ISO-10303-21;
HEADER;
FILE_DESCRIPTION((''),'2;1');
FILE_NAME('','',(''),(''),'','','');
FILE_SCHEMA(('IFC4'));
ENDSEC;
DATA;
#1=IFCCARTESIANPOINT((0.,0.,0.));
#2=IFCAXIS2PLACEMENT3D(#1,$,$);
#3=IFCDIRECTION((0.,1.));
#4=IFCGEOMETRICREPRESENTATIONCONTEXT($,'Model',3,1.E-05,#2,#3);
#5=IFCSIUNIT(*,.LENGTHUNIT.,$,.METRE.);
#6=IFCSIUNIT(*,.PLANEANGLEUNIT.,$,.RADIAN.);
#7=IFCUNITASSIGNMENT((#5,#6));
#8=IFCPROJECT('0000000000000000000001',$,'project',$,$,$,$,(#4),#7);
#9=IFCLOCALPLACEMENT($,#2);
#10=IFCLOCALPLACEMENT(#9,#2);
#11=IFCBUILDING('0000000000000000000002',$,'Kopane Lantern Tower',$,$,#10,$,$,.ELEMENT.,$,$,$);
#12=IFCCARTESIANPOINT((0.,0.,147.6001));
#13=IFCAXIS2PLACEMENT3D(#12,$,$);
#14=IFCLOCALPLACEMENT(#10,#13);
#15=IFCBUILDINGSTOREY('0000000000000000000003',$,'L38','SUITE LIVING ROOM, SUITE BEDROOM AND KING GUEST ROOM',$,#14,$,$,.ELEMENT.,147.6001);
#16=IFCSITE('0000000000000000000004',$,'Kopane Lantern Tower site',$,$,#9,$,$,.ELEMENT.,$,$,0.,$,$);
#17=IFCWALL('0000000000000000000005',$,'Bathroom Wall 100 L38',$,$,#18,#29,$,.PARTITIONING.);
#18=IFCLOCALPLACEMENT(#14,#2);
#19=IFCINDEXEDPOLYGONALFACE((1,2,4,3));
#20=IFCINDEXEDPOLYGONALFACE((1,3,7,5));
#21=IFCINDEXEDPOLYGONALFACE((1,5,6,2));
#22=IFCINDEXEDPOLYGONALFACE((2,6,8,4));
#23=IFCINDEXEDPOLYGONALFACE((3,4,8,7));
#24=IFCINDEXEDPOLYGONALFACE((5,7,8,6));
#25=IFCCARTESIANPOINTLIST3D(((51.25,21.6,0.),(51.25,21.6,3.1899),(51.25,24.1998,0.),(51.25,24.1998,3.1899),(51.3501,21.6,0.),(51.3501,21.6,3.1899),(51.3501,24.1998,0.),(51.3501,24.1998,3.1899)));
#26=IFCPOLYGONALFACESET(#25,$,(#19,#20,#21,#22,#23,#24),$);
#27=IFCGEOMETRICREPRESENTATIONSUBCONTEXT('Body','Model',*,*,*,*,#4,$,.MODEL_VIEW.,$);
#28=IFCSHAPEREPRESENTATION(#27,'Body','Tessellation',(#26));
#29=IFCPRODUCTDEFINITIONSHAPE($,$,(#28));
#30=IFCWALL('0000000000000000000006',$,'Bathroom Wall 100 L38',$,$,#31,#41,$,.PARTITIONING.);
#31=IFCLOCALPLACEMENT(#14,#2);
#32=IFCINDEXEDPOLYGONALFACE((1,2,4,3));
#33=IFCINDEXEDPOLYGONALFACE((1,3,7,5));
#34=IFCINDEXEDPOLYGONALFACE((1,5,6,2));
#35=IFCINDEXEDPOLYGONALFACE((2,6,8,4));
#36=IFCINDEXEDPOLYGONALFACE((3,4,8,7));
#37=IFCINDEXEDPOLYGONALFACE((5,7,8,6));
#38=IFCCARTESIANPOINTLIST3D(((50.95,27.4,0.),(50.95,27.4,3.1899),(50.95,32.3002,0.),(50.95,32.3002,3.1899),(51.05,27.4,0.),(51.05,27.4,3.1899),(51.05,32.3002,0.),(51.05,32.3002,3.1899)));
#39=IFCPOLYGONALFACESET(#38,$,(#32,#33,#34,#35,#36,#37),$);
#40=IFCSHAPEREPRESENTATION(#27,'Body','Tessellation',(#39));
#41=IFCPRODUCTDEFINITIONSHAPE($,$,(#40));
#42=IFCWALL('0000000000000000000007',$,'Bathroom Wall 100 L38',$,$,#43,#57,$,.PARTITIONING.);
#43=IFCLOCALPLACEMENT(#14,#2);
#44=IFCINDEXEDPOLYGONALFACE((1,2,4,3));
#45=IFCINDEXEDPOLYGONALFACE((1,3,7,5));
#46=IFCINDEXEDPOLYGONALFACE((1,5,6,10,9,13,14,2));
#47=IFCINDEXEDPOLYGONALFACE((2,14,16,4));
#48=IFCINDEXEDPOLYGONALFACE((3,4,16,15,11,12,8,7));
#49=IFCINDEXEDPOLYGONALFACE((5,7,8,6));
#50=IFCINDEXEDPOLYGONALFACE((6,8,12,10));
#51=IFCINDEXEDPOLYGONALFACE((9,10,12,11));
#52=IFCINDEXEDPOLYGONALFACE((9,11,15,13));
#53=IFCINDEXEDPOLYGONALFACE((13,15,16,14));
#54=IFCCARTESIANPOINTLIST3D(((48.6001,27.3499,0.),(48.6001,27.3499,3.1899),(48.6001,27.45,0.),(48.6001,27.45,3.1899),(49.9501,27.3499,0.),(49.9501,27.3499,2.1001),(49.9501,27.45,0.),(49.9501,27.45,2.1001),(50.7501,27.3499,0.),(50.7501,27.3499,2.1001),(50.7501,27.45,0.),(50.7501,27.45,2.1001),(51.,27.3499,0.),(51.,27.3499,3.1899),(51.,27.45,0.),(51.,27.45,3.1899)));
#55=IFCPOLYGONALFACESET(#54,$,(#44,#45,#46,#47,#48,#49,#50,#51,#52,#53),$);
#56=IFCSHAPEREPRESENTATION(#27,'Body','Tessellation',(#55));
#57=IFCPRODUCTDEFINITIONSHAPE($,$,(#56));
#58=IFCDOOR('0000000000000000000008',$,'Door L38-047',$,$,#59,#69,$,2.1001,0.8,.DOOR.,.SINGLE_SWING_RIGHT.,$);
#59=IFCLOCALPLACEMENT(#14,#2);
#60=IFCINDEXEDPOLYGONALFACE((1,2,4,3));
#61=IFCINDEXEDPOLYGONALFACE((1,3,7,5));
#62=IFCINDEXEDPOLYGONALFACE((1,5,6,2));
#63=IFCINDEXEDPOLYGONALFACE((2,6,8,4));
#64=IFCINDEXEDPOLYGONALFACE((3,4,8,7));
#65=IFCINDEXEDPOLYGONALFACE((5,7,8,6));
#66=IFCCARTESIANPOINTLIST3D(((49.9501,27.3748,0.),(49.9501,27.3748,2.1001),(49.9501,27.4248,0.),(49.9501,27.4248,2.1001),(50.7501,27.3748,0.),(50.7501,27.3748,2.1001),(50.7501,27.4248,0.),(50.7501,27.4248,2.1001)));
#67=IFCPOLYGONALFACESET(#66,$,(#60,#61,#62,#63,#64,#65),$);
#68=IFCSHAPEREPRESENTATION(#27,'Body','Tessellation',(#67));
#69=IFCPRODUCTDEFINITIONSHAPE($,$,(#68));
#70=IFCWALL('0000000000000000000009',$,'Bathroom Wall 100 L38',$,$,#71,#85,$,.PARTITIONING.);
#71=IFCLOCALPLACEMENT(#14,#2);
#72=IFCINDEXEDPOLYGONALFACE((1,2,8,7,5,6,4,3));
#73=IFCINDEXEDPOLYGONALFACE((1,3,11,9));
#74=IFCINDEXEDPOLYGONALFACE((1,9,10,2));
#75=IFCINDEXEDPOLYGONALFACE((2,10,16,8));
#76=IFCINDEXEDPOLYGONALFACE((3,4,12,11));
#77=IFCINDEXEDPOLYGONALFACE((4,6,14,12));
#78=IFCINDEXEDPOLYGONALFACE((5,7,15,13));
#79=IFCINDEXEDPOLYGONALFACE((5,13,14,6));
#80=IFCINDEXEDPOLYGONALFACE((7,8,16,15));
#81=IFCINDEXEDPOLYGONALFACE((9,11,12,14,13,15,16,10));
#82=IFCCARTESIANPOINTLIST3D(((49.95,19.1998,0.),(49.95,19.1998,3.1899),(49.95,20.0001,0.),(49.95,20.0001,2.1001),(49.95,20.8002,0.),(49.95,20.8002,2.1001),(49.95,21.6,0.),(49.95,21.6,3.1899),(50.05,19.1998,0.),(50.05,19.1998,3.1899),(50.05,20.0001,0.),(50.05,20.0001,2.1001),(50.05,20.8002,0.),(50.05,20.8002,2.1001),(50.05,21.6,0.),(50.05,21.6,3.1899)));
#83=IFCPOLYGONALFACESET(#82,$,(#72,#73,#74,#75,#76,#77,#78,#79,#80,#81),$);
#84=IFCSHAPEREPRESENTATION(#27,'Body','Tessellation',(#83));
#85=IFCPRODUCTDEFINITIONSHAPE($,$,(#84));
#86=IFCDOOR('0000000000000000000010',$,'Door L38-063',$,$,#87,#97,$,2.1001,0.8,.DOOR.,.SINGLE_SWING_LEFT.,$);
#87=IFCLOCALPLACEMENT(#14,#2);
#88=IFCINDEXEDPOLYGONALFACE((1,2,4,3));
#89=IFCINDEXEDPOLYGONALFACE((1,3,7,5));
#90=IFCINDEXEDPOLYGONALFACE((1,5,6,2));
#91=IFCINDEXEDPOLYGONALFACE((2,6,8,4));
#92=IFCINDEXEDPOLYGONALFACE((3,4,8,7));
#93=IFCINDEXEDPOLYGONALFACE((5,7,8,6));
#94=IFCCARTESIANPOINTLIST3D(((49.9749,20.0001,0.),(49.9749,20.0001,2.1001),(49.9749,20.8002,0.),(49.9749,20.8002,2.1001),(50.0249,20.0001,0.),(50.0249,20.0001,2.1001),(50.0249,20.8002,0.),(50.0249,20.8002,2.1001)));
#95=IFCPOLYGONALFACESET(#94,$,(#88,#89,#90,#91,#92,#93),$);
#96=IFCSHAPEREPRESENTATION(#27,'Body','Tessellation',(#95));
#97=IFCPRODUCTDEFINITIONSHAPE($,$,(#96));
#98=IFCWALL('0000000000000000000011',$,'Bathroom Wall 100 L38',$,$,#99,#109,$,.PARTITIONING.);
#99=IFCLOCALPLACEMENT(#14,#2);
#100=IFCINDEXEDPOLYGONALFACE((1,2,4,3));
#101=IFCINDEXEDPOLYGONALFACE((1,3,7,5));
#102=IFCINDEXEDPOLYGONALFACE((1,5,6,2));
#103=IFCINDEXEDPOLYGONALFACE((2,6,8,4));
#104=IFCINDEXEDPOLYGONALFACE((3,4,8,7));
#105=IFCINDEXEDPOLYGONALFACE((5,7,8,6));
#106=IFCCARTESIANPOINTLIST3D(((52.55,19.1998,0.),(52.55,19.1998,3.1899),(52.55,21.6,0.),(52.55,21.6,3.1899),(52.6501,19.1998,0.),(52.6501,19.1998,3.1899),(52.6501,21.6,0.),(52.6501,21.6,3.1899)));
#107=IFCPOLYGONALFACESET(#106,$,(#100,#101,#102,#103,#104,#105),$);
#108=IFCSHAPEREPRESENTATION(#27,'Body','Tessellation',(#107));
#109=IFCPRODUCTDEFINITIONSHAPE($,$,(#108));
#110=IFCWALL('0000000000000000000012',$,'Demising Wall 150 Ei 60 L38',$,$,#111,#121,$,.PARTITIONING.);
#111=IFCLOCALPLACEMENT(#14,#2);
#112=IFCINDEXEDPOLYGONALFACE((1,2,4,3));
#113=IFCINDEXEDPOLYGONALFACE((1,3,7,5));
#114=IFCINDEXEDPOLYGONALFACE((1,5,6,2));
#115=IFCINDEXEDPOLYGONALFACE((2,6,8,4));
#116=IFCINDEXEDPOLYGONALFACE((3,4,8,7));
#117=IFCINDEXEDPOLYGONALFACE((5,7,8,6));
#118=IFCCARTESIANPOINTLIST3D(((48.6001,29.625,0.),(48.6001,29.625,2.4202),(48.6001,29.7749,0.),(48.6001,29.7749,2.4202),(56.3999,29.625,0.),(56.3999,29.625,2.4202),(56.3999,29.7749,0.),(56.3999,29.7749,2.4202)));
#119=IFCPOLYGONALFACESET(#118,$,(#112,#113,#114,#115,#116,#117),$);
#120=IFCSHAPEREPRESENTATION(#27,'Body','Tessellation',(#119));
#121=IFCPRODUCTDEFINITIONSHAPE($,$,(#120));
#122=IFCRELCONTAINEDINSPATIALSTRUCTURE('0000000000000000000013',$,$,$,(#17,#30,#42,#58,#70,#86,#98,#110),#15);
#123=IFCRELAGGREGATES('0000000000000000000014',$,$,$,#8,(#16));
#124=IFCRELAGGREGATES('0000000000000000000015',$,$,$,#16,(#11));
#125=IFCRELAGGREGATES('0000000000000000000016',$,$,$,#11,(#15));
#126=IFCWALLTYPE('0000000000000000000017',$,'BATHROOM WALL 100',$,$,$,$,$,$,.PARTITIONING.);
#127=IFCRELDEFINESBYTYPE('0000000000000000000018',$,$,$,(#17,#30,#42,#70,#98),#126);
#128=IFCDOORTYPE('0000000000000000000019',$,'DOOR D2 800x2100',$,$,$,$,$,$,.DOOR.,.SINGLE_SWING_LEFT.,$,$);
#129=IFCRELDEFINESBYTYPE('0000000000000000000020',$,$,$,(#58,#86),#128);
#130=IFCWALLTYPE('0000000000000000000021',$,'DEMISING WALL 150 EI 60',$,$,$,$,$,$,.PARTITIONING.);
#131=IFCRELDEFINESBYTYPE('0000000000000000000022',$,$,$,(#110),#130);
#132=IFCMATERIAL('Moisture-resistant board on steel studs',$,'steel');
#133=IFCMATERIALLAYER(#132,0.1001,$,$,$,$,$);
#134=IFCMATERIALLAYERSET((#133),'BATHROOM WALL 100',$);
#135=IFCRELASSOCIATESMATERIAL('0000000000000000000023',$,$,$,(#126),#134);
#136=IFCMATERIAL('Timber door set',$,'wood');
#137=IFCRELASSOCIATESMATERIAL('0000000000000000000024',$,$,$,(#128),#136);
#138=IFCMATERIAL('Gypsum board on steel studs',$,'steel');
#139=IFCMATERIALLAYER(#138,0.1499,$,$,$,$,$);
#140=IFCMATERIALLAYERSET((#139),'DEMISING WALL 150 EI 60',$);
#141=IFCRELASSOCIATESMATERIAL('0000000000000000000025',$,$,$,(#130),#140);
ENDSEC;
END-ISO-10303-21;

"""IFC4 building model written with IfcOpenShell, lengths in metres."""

from ifc_helpers import new_model, si_unit, direction, frame, frame_2d, origin, place, context, subcontext, project, spatial, rectangle, extrude, material, layer, layer_set, type_object, element, fill, save


model = new_model("IFC4")

# Units and contexts
model_context = context("Model", 3, precision=1e-05, world=origin(), true_north=direction((0.0, 1.0)))
body_context = subcontext(model_context, "Body", "Model", "MODEL_VIEW")
ifc_project = project(units=[si_unit("LENGTHUNIT", "METRE"), si_unit("PLANEANGLEUNIT", "RADIAN")], contexts=[model_context])

# Site, building, storey
site_placement = place(None, origin())
site = spatial("IfcSite", under=ifc_project, at=site_placement, Name="Kopane Lantern Tower site", CompositionType="ELEMENT", RefElevation=0.0)
building_placement = place(site_placement, origin())
building = spatial("IfcBuilding", under=site, at=building_placement, Name="Kopane Lantern Tower", CompositionType="ELEMENT")
storey_placement = place(building_placement, frame((0.0, 0.0, 147.6001)))
storey = spatial("IfcBuildingStorey", under=building, at=storey_placement, Name="L38", Description="SUITE LIVING ROOM, SUITE BEDROOM AND KING GUEST ROOM", CompositionType="ELEMENT", Elevation=147.6001)

# Walls
ifc_material_1 = material(Name="Moisture-resistant board on steel studs", Category="steel")
ifc_layer_1 = layer(ifc_material_1, 0.1001)
ifc_layer_set_1 = layer_set([ifc_layer_1], Name="BATHROOM WALL 100")
wall_type_1 = type_object("IfcWallType", Name="BATHROOM WALL 100", PredefinedType="PARTITIONING", material=ifc_layer_set_1)
wall_1_placement = place(storey_placement, frame((51.3, 21.6001, 0.0), z_axis=(0.0, 0.0, 1.0), x_axis=(0.0, 1.0, 0.0)))
element("IfcWall", 1, at=wall_1_placement, inside=storey, type_object=wall_type_1, Name="Bathroom Wall 100 L38", PredefinedType="PARTITIONING", context=body_context, shape_type="SweptSolid", body=[
    extrude(rectangle(XDim=2.5999, YDim=0.1001, at=frame_2d((1.2998, 0.0))), origin(), (0.0, 0.0, 1.0), 3.1899),
])
wall_2_placement = place(storey_placement, frame((51.0, 27.3999, 0.0), z_axis=(0.0, 0.0, 1.0), x_axis=(0.0, 1.0, 0.0)))
element("IfcWall", 2, at=wall_2_placement, inside=storey, type_object=wall_type_1, Name="Bathroom Wall 100 L38", PredefinedType="PARTITIONING", context=body_context, shape_type="SweptSolid", body=[
    extrude(rectangle(XDim=4.9001, YDim=0.1001, at=frame_2d((2.4502, 0.0))), origin(), (0.0, 0.0, 1.0), 3.1899),
])

# Walls, openings, doors
wall_3_placement = place(storey_placement, frame((48.6001, 27.3999, 0.0), z_axis=(0.0, 0.0, 1.0), x_axis=(1.0, 0.0, 0.0)))
wall_3 = element("IfcWall", 3, at=wall_3_placement, inside=storey, type_object=wall_type_1, Name="Bathroom Wall 100 L38", PredefinedType="PARTITIONING", context=body_context, shape_type="SweptSolid", body=[
    extrude(rectangle(XDim=2.3999, YDim=0.1001, at=frame_2d((1.2, 0.0))), origin(), (0.0, 0.0, 1.0), 3.1899),
])
opening_1_placement = place(wall_3_placement, frame((1.3501, 0.0, 0.0)))
opening_1 = element("IfcOpeningElement", 4, at=opening_1_placement, cuts=wall_3, PredefinedType="OPENING", context=body_context, shape_type="SweptSolid", body=[
    extrude(rectangle(XDim=0.8, YDim=2.1001, at=frame_2d((0.3999, 1.05))), frame((0.0, 0.0601, 0.0), z_axis=(0.0, -1.0, 0.0), x_axis=(1.0, 0.0, 0.0)), (0.0, 0.0, 1.0), 0.1201),
])
ifc_material_2 = material(Name="Timber door set", Category="wood")
door_type = type_object("IfcDoorType", Name="DOOR D2 800x2100", OperationType="SINGLE_SWING_LEFT", PredefinedType="DOOR", material=ifc_material_2)
door_1_placement = place(opening_1_placement, origin())
door_1 = element("IfcDoor", 5, at=door_1_placement, inside=storey, type_object=door_type, Name="Door L38-047", OperationType="SINGLE_SWING_RIGHT", OverallHeight=2.1001, OverallWidth=0.8, PredefinedType="DOOR", context=body_context, shape_type="SweptSolid", body=[
    extrude(rectangle(XDim=0.8, YDim=2.1001, at=frame_2d((0.3999, 1.05))), frame((0.0, 0.0249, 0.0), z_axis=(0.0, -1.0, 0.0), x_axis=(1.0, 0.0, 0.0)), (0.0, 0.0, 1.0), 0.05),
])
fill(opening_1, door_1)
wall_4_placement = place(storey_placement, frame((50.0, 21.6001, 0.0), z_axis=(0.0, 0.0, 1.0), x_axis=(0.0, -1.0, 0.0)))
wall_4 = element("IfcWall", 6, at=wall_4_placement, inside=storey, type_object=wall_type_1, Name="Bathroom Wall 100 L38", PredefinedType="PARTITIONING", context=body_context, shape_type="SweptSolid", body=[
    extrude(rectangle(XDim=2.4001, YDim=0.1001, at=frame_2d((1.2002, 0.0))), origin(), (0.0, 0.0, 1.0), 3.1899),
])
opening_2_placement = place(wall_4_placement, frame((0.8, 0.0, 0.0)))
opening_2 = element("IfcOpeningElement", 7, at=opening_2_placement, cuts=wall_4, PredefinedType="OPENING", context=body_context, shape_type="SweptSolid", body=[
    extrude(rectangle(XDim=0.8, YDim=2.1001, at=frame_2d((0.3999, 1.05))), frame((0.0, 0.0601, 0.0), z_axis=(0.0, -1.0, 0.0), x_axis=(1.0, 0.0, 0.0)), (0.0, 0.0, 1.0), 0.1201),
])
door_2_placement = place(opening_2_placement, origin())
door_2 = element("IfcDoor", 8, at=door_2_placement, inside=storey, type_object=door_type, Name="Door L38-063", OperationType="SINGLE_SWING_LEFT", OverallHeight=2.1001, OverallWidth=0.8, PredefinedType="DOOR", context=body_context, shape_type="SweptSolid", body=[
    extrude(rectangle(XDim=0.8, YDim=2.1001, at=frame_2d((0.3999, 1.05))), frame((0.0, 0.0249, 0.0), z_axis=(0.0, -1.0, 0.0), x_axis=(1.0, 0.0, 0.0)), (0.0, 0.0, 1.0), 0.05),
])
fill(opening_2, door_2)

# Walls
wall_5_placement = place(storey_placement, frame((52.6001, 21.6001, 0.0), z_axis=(0.0, 0.0, 1.0), x_axis=(0.0, -1.0, 0.0)))
element("IfcWall", 9, at=wall_5_placement, inside=storey, type_object=wall_type_1, Name="Bathroom Wall 100 L38", PredefinedType="PARTITIONING", context=body_context, shape_type="SweptSolid", body=[
    extrude(rectangle(XDim=2.4001, YDim=0.1001, at=frame_2d((1.2002, 0.0))), origin(), (0.0, 0.0, 1.0), 3.1899),
])
ifc_material_3 = material(Name="Gypsum board on steel studs", Category="steel")
ifc_layer_2 = layer(ifc_material_3, 0.1499)
ifc_layer_set_2 = layer_set([ifc_layer_2], Name="DEMISING WALL 150 EI 60")
wall_type_2 = type_object("IfcWallType", Name="DEMISING WALL 150 EI 60", PredefinedType="PARTITIONING", material=ifc_layer_set_2)
wall_6_placement = place(storey_placement, frame((48.6001, 29.7, 0.0), z_axis=(0.0, 0.0, 1.0), x_axis=(1.0, 0.0, 0.0)))
element("IfcWall", 10, at=wall_6_placement, inside=storey, type_object=wall_type_2, Name="Demising Wall 150 Ei 60 L38", PredefinedType="PARTITIONING", context=body_context, shape_type="SweptSolid", body=[
    extrude(rectangle(XDim=7.7998, YDim=0.1499, at=frame_2d((3.8999, 0.0))), origin(), (0.0, 0.0, 1.0), 2.4202),
])

save(model, "model.ifc")
